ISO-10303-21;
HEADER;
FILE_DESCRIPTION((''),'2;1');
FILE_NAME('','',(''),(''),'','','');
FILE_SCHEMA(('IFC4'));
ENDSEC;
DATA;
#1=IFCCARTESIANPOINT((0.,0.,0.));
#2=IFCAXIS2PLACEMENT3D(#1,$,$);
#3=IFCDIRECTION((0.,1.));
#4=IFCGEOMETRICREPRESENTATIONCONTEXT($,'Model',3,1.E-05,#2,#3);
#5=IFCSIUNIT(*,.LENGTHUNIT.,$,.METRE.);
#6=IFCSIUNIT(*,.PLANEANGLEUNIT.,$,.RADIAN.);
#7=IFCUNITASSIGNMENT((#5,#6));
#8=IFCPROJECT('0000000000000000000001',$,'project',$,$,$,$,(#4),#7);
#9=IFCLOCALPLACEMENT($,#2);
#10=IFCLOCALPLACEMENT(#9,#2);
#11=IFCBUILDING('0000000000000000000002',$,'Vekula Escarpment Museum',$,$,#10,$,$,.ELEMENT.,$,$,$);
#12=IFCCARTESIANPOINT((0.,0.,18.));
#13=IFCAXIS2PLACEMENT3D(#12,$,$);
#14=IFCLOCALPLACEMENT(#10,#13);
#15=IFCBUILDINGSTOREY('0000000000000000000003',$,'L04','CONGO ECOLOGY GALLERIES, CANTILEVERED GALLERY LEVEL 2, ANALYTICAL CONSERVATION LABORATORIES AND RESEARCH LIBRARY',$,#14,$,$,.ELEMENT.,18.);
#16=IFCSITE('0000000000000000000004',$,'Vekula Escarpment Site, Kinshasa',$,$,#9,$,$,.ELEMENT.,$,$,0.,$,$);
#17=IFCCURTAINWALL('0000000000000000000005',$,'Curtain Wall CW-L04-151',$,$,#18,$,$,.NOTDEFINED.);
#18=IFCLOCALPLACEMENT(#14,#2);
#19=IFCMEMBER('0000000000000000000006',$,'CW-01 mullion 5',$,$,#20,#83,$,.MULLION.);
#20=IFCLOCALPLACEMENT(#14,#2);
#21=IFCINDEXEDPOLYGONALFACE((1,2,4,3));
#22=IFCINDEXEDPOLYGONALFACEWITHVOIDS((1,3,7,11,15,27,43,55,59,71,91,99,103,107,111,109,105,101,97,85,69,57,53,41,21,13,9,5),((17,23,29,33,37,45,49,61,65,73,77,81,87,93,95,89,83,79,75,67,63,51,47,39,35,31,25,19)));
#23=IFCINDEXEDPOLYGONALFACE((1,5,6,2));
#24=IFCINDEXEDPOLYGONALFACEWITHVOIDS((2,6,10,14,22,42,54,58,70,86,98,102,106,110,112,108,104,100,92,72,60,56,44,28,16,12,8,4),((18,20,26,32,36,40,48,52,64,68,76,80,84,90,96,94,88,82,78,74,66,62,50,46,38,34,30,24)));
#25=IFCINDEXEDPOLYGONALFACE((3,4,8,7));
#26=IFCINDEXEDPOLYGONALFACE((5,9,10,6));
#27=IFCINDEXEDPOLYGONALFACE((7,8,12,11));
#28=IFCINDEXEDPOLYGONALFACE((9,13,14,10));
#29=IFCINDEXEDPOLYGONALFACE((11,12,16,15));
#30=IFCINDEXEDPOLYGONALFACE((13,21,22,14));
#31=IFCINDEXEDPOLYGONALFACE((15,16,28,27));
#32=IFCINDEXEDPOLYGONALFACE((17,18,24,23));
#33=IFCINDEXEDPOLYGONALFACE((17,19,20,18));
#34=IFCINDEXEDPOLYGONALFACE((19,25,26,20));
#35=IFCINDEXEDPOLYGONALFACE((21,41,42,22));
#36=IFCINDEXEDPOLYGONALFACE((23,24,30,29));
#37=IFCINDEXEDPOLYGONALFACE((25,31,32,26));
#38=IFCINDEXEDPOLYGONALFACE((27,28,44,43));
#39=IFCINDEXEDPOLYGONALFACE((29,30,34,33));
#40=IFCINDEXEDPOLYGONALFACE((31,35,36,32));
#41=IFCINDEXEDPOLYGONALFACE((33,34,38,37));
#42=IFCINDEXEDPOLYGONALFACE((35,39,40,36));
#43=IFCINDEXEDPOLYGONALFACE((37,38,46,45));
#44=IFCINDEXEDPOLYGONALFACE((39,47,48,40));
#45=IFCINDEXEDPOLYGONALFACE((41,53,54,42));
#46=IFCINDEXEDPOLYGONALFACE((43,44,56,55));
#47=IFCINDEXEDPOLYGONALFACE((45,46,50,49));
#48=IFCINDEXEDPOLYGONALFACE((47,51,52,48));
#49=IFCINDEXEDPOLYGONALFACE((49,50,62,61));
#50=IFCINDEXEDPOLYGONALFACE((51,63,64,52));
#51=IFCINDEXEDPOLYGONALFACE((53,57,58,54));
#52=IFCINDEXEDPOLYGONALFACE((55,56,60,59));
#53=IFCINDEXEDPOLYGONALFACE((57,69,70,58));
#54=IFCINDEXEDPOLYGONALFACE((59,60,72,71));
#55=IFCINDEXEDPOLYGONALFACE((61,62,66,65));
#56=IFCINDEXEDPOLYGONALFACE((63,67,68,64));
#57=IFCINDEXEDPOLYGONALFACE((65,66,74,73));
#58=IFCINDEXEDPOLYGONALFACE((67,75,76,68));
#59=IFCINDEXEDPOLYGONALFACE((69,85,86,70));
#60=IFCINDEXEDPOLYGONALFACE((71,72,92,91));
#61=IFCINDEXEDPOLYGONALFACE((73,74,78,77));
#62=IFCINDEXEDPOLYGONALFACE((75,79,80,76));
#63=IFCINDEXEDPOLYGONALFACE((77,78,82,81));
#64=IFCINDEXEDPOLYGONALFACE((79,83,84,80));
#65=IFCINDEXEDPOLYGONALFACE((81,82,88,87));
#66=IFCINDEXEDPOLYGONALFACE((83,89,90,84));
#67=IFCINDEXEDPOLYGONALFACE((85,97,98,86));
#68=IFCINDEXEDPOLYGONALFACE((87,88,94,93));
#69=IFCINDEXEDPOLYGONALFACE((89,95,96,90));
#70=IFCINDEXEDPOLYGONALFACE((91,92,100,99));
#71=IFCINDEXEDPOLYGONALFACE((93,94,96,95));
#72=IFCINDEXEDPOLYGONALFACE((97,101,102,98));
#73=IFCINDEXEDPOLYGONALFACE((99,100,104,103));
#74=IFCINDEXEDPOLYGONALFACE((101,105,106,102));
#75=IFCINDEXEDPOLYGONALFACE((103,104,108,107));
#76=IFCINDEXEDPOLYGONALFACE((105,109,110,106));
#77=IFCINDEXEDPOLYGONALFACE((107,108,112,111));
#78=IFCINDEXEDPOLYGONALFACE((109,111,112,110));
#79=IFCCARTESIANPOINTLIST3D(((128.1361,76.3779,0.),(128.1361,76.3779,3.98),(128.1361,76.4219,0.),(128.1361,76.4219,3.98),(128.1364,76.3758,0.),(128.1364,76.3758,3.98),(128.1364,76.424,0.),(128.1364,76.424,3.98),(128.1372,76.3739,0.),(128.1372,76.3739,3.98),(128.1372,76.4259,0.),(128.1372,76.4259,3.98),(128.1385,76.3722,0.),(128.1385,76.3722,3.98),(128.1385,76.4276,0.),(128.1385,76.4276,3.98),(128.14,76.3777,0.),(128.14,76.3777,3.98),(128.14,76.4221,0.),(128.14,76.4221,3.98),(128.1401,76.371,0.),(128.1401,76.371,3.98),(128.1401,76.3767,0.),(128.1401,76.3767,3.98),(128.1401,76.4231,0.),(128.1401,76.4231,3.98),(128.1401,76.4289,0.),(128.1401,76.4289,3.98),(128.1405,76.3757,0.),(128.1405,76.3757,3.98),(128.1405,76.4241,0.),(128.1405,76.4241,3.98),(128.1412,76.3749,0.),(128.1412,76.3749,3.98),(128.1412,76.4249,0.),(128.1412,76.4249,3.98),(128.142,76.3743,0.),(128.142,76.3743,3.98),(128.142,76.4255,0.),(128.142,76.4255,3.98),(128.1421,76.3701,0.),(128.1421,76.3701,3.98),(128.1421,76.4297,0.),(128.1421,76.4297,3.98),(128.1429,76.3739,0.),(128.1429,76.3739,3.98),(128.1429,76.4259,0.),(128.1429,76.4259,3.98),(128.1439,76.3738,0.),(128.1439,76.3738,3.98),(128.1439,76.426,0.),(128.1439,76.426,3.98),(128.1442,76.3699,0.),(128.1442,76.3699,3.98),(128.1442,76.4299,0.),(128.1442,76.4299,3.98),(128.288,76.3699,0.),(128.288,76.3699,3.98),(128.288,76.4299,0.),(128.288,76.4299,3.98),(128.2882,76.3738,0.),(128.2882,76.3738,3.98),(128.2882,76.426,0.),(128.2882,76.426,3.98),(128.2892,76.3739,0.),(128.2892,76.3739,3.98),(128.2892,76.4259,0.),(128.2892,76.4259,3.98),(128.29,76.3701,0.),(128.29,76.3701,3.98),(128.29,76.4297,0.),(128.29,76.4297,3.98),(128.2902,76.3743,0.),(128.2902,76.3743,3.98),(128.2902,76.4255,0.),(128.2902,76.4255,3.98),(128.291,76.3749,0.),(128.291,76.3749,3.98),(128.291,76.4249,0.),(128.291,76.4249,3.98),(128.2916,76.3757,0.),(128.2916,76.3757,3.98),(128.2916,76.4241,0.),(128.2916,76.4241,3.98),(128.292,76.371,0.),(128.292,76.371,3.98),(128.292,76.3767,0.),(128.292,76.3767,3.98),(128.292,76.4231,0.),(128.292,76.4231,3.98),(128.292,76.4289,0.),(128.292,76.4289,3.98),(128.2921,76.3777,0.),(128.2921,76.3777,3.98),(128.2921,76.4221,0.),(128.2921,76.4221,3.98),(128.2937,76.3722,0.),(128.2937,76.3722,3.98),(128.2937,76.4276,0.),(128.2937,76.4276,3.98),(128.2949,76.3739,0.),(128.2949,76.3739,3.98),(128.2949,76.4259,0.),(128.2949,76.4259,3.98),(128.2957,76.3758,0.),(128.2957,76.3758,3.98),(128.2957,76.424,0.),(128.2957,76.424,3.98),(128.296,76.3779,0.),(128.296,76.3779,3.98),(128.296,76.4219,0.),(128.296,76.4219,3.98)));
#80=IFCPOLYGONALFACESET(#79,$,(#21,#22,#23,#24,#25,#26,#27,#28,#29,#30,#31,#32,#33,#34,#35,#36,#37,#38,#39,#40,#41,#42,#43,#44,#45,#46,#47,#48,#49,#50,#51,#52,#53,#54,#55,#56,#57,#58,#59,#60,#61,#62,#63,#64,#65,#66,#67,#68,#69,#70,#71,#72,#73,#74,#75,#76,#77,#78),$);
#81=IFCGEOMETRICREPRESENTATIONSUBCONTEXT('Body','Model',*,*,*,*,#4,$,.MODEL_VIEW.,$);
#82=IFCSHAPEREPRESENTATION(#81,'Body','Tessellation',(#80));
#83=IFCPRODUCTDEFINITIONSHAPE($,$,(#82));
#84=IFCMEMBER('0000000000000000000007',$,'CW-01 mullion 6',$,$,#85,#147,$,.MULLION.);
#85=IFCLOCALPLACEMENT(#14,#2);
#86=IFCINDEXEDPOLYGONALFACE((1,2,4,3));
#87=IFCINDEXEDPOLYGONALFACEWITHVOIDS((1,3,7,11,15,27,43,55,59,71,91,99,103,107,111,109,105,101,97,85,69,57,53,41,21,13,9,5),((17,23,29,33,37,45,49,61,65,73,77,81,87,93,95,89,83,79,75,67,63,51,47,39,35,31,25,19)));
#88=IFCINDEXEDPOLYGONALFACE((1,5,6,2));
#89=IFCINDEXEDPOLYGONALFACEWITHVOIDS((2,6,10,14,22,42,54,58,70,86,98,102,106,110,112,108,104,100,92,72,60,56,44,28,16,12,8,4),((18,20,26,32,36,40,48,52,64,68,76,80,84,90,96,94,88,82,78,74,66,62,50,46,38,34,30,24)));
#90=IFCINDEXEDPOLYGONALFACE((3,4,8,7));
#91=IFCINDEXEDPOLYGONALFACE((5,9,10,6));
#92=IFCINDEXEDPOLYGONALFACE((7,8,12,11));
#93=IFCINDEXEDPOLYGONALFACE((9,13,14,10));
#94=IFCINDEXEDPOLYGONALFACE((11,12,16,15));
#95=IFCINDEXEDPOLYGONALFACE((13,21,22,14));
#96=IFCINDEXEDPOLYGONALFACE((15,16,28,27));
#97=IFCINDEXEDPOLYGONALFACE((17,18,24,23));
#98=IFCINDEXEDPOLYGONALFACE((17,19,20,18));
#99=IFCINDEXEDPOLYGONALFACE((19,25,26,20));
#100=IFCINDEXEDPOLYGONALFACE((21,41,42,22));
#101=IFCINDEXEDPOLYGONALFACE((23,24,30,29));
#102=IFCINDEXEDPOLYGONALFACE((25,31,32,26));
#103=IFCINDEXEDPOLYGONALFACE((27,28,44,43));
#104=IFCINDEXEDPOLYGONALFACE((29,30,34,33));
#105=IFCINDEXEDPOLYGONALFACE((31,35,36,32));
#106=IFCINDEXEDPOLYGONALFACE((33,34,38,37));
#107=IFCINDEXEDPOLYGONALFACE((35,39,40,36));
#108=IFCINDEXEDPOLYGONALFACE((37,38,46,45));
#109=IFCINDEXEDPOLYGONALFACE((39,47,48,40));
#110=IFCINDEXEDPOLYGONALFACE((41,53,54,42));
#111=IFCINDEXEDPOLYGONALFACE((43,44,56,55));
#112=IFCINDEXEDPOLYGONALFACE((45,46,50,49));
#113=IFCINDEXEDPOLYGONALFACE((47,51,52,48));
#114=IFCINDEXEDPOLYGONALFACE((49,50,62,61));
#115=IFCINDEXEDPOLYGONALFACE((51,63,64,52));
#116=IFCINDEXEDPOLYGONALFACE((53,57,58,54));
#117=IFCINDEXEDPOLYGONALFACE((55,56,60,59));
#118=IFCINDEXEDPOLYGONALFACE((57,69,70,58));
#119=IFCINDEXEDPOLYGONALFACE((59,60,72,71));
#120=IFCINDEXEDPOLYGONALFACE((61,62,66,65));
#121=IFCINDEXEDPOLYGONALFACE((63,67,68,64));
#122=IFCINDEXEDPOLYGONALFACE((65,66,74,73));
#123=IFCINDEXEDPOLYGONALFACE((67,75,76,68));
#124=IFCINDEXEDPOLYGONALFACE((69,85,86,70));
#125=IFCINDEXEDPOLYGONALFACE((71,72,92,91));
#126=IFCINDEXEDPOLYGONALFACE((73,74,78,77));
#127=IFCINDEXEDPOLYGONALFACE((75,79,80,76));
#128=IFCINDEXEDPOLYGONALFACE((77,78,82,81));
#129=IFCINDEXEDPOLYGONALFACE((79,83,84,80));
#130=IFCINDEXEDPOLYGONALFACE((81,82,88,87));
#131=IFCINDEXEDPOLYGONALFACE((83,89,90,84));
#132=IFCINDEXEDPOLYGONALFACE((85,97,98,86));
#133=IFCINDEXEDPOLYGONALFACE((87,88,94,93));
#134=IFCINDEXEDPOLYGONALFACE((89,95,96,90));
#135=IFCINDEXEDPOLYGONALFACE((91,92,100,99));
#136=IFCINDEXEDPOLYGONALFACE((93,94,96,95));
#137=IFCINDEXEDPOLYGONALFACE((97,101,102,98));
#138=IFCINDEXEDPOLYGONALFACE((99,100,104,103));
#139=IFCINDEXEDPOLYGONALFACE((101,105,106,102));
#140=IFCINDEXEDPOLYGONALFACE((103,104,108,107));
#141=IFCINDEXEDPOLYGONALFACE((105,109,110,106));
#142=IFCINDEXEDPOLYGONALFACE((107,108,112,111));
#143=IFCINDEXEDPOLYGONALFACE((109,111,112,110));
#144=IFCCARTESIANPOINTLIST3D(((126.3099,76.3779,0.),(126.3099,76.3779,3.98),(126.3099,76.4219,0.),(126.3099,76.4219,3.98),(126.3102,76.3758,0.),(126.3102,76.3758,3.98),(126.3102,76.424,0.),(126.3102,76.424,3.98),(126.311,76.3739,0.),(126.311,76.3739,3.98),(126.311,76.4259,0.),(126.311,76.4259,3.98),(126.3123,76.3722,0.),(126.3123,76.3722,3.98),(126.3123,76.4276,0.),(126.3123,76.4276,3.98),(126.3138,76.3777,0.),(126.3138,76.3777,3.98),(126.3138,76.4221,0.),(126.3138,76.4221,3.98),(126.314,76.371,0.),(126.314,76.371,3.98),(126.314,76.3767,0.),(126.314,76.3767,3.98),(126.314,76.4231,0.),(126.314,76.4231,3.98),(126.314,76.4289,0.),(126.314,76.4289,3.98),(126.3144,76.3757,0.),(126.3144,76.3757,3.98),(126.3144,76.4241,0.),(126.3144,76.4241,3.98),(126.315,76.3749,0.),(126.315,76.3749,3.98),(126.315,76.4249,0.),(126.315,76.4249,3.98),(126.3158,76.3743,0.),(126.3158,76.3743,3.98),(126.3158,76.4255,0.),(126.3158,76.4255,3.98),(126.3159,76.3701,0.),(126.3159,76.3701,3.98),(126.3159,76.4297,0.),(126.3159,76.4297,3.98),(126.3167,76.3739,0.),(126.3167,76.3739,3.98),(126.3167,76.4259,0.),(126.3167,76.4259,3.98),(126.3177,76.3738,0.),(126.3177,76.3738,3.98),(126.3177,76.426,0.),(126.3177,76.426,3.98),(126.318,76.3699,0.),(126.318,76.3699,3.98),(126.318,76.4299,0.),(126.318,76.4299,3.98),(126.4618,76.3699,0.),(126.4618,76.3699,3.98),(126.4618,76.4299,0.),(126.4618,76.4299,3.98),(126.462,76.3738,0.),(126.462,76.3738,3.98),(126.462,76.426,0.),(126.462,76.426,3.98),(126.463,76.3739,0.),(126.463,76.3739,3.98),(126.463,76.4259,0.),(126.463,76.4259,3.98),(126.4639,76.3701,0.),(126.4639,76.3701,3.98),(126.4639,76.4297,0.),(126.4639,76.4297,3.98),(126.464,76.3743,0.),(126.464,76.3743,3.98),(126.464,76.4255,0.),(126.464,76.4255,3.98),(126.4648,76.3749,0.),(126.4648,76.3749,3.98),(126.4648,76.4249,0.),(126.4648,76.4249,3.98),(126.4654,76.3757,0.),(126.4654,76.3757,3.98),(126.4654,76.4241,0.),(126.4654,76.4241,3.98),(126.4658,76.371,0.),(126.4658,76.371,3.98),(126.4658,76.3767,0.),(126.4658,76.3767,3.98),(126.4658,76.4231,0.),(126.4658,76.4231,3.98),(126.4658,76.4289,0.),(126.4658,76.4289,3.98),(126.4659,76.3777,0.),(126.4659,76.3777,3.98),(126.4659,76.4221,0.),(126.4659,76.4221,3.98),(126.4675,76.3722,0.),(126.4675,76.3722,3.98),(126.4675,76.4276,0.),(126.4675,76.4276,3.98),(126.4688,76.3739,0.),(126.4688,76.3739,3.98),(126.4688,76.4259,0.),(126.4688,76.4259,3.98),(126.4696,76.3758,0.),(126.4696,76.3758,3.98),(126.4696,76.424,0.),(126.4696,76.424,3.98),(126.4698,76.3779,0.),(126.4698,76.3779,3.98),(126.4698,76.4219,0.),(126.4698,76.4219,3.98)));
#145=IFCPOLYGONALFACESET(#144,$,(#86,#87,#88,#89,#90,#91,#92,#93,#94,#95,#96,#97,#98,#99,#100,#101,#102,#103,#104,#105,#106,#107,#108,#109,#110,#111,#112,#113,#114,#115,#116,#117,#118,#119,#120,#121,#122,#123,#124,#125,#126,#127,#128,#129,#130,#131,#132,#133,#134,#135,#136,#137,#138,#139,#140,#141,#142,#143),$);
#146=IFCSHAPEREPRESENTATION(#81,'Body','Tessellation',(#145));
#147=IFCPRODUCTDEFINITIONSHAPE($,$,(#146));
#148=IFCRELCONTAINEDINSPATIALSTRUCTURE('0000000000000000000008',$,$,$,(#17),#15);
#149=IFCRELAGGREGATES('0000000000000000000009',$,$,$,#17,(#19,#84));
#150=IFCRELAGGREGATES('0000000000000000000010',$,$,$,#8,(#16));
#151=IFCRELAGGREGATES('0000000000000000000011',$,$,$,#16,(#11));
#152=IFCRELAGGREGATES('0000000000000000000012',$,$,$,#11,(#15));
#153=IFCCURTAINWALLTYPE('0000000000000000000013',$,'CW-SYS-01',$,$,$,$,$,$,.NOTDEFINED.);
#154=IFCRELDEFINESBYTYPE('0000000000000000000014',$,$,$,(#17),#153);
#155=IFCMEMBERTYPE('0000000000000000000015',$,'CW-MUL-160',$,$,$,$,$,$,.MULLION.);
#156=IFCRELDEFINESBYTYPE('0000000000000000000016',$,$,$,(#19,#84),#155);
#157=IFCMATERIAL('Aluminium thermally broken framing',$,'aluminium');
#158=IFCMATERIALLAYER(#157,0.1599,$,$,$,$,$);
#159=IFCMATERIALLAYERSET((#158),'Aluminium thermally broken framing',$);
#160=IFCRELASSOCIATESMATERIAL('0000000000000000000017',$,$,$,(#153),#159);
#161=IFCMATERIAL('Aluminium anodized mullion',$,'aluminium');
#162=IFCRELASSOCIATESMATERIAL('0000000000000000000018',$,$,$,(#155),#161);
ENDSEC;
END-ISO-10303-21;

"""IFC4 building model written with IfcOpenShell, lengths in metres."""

from ifc_helpers import new_model, si_unit, direction, frame, origin, origin_2d, place, context, subcontext, project, spatial, hollow_rectangle, extrude, material, layer, layer_set, material_profile, profile_set, type_object, element, aggregate, save


model = new_model("IFC4")

# Units and contexts
model_context = context("Model", 3, precision=1e-05, world=origin(), true_north=direction((0.0, 1.0)))
body_context = subcontext(model_context, "Body", "Model", "MODEL_VIEW")
ifc_project = project(units=[si_unit("LENGTHUNIT", "METRE"), si_unit("PLANEANGLEUNIT", "RADIAN")], contexts=[model_context])

# Site, building, storey
site_placement = place(None, origin())
site = spatial("IfcSite", under=ifc_project, at=site_placement, Name="Vekula Escarpment Site, Kinshasa", CompositionType="ELEMENT", RefElevation=0.0)
building_placement = place(site_placement, origin())
building = spatial("IfcBuilding", under=site, at=building_placement, Name="Vekula Escarpment Museum", CompositionType="ELEMENT")
storey_placement = place(building_placement, frame((0.0, 0.0, 18.0)))
storey = spatial("IfcBuildingStorey", under=building, at=storey_placement, Name="L04", Description="CONGO ECOLOGY GALLERIES, CANTILEVERED GALLERY LEVEL 2, ANALYTICAL CONSERVATION LABORATORIES AND RESEARCH LIBRARY", CompositionType="ELEMENT", Elevation=18.0)

# Curtain wall, members
ifc_material_1 = material(Name="Aluminium thermally broken framing", Category="aluminium")
ifc_layer_1 = layer(ifc_material_1, 0.1599)
ifc_layer_set_1 = layer_set([ifc_layer_1], Name="Aluminium thermally broken framing")
curtain_wall_type = type_object("IfcCurtainWallType", Name="CW-SYS-01", PredefinedType="NOTDEFINED", material=ifc_layer_set_1)
curtain_wall_placement = place(storey_placement, origin())
curtain_wall = element("IfcCurtainWall", 1, at=curtain_wall_placement, inside=storey, type_object=curtain_wall_type, Name="Curtain Wall CW-L04-151", PredefinedType="NOTDEFINED")
ifc_material_2 = material(Name="Aluminium anodized mullion", Category="aluminium")
ifc_material_profile_1 = material_profile(ifc_material_2, hollow_rectangle(XDim=0.0601, YDim=0.1599, WallThickness=0.0039, InnerFilletRadius=0.0039, OuterFilletRadius=0.0081, at=origin_2d()), Name="ALU 160x60x4")
ifc_profile_set_1 = profile_set([ifc_material_profile_1], Name="Aluminium anodized mullion")
member_type_1 = type_object("IfcMemberType", Name="CW-MUL-160", PredefinedType="MULLION", material=ifc_profile_set_1)
member_1_placement = place(storey_placement, frame((128.2161, 76.3999, 0.0), z_axis=(0.0, 0.0, 1.0), x_axis=(0.0, -1.0, 0.0)))
member_1 = element("IfcMember", 2, at=member_1_placement, type_object=member_type_1, Name="CW-01 mullion 5", PredefinedType="MULLION", context=body_context, shape_type="SweptSolid", body=[
    extrude(hollow_rectangle(XDim=0.0601, YDim=0.1599, WallThickness=0.0039, InnerFilletRadius=0.0039, OuterFilletRadius=0.0081, at=origin_2d()), origin(), (0.0, 0.0, 1.0), 3.98),
])
member_2_placement = place(storey_placement, frame((126.3899, 76.3999, 0.0), z_axis=(0.0, 0.0, 1.0), x_axis=(0.0, -1.0, 0.0)))
member_2 = element("IfcMember", 3, at=member_2_placement, type_object=member_type_1, Name="CW-01 mullion 6", PredefinedType="MULLION", context=body_context, shape_type="SweptSolid", body=[
    extrude(hollow_rectangle(XDim=0.0601, YDim=0.1599, WallThickness=0.0039, InnerFilletRadius=0.0039, OuterFilletRadius=0.0081, at=origin_2d()), origin(), (0.0, 0.0, 1.0), 3.98),
])
aggregate(curtain_wall, [member_1, member_2])

save(model, "model.ifc")
